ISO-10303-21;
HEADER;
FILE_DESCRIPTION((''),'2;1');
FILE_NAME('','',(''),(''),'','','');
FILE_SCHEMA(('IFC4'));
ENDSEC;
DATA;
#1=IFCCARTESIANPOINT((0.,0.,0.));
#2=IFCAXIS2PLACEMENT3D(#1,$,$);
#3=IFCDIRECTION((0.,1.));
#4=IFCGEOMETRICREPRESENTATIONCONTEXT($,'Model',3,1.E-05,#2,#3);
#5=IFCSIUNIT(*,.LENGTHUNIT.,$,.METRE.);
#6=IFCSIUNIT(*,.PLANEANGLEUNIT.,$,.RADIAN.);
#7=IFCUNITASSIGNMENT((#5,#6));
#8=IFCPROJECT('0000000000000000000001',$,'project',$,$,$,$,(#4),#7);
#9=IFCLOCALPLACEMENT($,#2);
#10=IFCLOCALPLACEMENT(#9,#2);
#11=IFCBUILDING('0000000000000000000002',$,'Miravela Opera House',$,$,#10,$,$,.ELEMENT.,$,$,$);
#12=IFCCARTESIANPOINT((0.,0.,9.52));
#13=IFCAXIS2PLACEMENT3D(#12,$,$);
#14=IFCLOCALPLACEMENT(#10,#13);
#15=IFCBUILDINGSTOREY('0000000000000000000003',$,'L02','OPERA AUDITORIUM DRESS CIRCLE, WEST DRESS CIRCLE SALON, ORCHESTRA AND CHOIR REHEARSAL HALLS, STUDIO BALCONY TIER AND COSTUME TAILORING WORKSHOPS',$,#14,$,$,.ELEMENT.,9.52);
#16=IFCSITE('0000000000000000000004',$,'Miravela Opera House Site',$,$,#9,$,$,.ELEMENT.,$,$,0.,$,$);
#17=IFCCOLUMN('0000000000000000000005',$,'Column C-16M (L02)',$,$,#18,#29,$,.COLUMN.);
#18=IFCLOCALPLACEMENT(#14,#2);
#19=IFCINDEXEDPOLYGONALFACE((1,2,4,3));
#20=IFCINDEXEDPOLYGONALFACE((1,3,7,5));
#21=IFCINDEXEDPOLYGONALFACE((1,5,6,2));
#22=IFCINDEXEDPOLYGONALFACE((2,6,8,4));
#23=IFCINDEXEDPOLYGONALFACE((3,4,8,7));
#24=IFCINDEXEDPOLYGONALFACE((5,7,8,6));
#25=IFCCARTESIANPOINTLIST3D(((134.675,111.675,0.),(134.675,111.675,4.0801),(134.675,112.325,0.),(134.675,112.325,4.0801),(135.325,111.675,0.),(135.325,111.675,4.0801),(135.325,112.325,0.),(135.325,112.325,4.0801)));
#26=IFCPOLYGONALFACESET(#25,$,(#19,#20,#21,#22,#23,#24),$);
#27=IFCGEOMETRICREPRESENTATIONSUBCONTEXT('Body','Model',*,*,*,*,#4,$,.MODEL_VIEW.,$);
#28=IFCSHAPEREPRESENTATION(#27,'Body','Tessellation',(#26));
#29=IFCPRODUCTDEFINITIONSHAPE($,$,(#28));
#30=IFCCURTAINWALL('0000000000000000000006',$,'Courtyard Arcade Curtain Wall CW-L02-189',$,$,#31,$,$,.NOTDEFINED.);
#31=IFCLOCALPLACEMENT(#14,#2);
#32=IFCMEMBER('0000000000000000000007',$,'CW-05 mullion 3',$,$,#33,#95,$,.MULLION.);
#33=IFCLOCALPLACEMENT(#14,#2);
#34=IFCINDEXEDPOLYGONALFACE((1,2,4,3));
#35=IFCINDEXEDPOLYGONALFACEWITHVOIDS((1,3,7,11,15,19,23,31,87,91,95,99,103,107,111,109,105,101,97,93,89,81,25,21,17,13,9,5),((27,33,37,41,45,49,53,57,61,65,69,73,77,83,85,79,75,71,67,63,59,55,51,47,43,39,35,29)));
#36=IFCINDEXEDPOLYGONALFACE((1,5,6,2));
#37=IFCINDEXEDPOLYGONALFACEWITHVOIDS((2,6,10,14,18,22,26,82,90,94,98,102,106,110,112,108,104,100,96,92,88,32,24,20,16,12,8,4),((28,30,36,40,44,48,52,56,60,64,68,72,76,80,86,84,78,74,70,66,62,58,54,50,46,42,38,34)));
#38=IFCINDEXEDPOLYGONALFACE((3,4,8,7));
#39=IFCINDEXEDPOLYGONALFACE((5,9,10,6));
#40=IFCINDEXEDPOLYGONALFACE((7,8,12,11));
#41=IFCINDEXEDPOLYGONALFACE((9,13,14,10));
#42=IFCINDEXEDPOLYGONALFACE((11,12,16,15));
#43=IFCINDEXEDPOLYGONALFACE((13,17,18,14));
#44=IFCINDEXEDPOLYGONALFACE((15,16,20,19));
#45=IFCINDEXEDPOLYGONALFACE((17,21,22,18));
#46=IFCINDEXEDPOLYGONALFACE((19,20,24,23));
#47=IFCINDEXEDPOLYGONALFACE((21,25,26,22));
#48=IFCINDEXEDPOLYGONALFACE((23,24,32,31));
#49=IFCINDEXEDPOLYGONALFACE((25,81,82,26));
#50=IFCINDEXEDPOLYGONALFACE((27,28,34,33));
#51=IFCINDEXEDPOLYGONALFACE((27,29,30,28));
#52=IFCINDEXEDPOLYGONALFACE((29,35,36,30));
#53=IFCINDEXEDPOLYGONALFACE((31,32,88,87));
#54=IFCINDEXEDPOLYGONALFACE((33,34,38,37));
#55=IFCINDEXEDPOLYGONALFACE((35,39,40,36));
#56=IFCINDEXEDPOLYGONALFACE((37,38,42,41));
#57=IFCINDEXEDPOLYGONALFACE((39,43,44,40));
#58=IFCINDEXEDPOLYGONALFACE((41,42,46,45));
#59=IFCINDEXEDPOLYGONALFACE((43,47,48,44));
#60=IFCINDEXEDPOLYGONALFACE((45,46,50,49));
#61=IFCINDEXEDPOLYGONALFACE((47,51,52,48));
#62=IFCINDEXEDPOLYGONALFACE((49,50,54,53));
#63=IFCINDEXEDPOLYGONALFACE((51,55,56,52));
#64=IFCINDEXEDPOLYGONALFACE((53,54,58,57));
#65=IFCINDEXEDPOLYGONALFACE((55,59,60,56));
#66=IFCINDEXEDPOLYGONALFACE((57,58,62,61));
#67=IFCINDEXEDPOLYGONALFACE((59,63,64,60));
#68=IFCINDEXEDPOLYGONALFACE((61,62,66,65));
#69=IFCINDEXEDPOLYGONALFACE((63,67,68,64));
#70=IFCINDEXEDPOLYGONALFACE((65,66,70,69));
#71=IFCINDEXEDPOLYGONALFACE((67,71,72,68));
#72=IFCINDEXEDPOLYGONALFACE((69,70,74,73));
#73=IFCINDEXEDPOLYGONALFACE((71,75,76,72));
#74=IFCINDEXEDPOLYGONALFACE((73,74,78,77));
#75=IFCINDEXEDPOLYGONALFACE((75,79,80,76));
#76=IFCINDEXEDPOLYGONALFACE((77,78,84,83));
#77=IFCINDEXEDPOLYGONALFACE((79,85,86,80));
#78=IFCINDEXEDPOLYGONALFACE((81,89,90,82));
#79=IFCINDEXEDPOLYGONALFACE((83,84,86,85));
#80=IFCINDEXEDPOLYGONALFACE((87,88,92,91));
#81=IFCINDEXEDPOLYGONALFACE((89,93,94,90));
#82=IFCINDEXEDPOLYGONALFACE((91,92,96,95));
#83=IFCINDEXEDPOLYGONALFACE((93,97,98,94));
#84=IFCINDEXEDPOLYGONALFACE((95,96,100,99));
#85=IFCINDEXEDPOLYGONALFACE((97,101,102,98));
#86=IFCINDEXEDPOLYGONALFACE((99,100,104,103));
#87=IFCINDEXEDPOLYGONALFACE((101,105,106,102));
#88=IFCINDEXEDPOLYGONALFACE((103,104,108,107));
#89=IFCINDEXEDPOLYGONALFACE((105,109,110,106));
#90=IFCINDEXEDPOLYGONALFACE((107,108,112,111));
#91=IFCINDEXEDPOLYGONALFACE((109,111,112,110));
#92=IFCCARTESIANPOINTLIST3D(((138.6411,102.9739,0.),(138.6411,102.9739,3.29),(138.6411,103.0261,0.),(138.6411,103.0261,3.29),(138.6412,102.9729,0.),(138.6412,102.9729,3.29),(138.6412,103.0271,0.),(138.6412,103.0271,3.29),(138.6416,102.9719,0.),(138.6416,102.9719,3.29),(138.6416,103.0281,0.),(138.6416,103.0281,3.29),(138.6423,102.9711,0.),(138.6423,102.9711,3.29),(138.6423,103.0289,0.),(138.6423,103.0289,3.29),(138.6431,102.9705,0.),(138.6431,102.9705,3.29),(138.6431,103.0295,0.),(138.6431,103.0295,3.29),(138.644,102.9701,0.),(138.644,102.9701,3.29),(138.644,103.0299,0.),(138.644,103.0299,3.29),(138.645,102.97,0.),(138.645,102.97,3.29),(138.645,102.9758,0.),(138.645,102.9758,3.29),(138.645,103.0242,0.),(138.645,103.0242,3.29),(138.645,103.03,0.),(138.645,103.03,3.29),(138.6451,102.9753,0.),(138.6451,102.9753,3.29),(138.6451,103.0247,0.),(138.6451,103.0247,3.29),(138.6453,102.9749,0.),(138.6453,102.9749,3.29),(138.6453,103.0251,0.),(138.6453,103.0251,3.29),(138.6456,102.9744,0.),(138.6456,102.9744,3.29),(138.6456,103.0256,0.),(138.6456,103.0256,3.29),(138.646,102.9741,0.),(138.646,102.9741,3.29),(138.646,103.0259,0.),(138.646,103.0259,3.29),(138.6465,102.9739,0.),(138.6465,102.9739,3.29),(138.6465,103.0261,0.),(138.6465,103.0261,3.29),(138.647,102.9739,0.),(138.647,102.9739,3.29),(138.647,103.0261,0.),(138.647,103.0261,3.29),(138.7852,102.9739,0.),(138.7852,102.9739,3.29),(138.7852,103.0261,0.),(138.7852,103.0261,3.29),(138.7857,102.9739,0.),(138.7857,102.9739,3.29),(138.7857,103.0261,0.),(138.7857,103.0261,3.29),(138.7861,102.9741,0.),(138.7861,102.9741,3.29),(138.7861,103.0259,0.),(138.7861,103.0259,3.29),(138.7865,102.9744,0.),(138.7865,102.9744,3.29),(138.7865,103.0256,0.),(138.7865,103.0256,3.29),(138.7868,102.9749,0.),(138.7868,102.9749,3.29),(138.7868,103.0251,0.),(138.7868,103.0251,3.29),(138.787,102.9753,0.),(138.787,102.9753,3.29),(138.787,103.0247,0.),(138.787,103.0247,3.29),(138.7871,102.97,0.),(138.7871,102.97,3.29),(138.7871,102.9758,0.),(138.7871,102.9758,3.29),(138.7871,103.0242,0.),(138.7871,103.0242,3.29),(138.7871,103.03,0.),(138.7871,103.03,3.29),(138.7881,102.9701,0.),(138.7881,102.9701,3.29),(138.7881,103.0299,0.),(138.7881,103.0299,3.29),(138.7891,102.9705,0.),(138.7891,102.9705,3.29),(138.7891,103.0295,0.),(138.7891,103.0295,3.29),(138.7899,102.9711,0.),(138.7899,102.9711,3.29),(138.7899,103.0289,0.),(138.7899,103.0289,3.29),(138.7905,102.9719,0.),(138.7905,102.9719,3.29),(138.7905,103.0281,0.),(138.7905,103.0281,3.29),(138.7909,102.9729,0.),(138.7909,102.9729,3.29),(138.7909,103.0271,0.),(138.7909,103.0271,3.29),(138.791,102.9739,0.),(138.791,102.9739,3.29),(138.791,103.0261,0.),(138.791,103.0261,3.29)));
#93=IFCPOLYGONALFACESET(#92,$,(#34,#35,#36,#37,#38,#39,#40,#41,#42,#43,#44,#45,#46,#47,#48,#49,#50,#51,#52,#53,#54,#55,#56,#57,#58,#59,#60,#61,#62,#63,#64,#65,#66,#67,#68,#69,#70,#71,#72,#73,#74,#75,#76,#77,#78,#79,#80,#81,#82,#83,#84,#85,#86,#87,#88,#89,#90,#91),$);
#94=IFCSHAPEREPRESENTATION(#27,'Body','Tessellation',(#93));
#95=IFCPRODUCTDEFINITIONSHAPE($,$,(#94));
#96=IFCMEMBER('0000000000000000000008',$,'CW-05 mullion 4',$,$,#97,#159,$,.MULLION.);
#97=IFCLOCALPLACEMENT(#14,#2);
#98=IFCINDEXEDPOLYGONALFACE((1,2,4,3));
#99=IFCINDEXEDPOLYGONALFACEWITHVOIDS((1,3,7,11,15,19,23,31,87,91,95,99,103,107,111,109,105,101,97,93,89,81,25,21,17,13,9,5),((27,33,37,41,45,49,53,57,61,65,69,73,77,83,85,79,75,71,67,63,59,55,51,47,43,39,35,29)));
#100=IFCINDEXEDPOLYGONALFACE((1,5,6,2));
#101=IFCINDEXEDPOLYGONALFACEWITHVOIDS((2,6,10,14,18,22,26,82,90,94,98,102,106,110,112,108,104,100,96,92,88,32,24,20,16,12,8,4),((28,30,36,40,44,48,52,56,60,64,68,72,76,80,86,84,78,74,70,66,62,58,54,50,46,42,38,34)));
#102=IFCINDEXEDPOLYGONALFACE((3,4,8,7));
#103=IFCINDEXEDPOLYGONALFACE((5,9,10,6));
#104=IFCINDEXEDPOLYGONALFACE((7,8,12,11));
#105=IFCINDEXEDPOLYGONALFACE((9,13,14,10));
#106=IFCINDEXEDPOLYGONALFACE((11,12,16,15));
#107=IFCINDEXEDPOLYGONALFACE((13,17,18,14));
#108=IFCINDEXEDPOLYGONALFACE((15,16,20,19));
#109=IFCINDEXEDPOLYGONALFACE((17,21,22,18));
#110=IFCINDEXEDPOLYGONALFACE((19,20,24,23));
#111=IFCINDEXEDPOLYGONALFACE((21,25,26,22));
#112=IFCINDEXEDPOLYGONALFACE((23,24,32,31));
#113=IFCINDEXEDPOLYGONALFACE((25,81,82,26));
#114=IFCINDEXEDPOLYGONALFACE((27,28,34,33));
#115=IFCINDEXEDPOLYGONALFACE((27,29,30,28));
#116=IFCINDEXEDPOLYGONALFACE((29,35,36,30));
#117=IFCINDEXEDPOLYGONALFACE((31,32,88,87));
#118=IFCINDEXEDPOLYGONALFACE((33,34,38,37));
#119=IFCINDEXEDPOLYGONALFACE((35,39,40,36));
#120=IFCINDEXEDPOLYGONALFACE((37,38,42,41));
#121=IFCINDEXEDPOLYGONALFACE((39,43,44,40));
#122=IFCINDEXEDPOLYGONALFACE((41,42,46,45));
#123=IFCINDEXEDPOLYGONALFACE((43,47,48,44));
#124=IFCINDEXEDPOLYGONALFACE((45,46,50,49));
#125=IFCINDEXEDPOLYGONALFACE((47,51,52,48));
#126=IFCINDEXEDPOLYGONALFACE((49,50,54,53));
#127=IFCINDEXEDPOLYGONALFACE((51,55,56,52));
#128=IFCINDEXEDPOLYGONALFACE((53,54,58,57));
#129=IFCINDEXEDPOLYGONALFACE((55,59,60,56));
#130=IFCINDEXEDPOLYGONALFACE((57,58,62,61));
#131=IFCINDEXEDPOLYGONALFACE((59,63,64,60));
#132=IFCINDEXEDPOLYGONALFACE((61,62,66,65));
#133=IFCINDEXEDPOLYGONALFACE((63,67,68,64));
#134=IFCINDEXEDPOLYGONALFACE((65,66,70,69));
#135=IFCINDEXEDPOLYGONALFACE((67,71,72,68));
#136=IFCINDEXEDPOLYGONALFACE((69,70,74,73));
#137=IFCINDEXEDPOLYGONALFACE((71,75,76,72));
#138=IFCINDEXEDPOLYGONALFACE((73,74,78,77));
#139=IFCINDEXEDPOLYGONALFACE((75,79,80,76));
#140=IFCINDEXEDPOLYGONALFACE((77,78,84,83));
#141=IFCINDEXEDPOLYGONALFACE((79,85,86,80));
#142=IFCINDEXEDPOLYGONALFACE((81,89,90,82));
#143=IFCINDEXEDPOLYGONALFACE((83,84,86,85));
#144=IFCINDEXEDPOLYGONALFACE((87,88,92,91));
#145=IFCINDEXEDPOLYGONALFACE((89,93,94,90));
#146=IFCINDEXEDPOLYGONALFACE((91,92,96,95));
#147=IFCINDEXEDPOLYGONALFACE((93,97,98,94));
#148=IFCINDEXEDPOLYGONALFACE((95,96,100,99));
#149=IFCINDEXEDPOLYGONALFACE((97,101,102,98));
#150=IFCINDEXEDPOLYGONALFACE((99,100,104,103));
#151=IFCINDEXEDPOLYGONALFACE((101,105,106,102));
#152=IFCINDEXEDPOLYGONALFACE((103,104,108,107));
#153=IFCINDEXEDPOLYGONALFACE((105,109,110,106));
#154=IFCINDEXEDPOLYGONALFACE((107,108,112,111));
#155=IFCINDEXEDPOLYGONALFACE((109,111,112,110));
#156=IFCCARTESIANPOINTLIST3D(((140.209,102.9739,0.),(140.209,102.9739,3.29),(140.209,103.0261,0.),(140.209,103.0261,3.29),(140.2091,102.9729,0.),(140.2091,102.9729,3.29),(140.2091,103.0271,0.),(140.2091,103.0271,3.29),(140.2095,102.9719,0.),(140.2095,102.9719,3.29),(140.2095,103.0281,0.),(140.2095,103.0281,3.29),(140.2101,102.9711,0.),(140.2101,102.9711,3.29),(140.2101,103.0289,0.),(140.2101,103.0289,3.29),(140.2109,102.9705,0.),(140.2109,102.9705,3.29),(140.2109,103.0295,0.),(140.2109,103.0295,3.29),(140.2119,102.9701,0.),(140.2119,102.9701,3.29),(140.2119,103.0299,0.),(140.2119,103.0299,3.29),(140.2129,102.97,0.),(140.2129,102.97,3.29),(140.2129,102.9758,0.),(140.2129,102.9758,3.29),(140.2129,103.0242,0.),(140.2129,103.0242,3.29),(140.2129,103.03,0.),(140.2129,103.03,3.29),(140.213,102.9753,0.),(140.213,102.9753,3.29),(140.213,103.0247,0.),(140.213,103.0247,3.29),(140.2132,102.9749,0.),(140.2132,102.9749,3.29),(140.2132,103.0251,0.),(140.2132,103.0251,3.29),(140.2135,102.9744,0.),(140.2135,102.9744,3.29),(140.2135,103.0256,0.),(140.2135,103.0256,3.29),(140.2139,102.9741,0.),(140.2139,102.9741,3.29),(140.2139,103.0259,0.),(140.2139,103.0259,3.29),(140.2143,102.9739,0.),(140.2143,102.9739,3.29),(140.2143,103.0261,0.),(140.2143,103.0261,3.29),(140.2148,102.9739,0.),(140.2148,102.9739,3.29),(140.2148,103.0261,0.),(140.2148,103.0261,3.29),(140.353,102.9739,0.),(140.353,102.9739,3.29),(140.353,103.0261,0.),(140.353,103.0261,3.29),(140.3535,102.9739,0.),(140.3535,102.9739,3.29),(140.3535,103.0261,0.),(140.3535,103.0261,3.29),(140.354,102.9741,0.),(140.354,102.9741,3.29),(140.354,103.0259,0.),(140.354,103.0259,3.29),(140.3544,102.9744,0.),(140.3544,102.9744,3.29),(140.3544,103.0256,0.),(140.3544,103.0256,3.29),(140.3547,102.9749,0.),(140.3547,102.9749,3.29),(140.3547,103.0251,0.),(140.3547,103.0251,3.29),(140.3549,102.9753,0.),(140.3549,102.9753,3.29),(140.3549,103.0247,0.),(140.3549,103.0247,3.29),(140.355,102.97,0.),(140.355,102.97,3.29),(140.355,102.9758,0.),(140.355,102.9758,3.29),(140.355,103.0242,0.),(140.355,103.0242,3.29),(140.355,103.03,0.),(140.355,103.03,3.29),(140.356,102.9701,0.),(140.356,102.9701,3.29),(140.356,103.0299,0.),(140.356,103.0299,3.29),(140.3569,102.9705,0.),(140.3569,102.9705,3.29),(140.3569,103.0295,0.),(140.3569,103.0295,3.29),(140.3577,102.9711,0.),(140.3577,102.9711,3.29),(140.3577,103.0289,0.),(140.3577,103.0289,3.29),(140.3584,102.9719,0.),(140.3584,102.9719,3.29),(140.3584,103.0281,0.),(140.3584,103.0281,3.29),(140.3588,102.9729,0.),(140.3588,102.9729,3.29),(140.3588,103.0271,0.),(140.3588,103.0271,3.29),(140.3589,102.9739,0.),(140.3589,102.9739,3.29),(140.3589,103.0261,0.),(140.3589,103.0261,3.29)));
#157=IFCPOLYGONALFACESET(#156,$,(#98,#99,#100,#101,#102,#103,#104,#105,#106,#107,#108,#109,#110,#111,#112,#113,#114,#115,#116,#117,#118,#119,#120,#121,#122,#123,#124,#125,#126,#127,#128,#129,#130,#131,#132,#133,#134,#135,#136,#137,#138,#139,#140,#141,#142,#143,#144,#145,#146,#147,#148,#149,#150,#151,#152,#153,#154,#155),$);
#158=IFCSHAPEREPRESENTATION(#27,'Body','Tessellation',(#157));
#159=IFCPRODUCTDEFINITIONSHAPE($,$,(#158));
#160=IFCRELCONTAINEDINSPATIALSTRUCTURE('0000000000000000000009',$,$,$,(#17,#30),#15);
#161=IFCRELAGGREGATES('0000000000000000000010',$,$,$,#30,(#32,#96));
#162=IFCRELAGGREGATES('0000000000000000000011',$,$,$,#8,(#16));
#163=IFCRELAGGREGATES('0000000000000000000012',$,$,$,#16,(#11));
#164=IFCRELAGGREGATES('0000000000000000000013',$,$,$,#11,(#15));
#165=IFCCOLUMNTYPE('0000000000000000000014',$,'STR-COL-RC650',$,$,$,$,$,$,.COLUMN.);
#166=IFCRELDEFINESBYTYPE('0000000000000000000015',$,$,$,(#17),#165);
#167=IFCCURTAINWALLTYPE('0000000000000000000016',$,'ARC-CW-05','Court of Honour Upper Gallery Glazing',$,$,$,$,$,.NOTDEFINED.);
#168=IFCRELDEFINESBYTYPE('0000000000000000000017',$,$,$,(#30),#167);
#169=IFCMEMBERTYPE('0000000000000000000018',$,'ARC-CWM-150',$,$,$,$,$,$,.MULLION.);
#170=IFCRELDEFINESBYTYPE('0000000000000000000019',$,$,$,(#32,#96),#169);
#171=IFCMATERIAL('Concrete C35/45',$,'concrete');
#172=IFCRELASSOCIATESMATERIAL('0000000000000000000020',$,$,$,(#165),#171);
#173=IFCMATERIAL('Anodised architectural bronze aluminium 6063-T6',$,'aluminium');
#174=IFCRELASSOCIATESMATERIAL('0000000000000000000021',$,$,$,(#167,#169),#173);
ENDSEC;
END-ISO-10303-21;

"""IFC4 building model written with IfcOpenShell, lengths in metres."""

from ifc_helpers import new_model, si_unit, direction, frame, origin, origin_2d, place, context, subcontext, project, spatial, rectangle, hollow_rectangle, extrude, material, material_profile, profile_set, type_object, element, aggregate, save


model = new_model("IFC4")

# Units and contexts
model_context = context("Model", 3, precision=1e-05, world=origin(), true_north=direction((0.0, 1.0)))
body_context = subcontext(model_context, "Body", "Model", "MODEL_VIEW")
ifc_project = project(units=[si_unit("LENGTHUNIT", "METRE"), si_unit("PLANEANGLEUNIT", "RADIAN")], contexts=[model_context])

# Site, building, storey
site_placement = place(None, origin())
site = spatial("IfcSite", under=ifc_project, at=site_placement, Name="Miravela Opera House Site", CompositionType="ELEMENT", RefElevation=0.0)
building_placement = place(site_placement, origin())
building = spatial("IfcBuilding", under=site, at=building_placement, Name="Miravela Opera House", CompositionType="ELEMENT")
storey_placement = place(building_placement, frame((0.0, 0.0, 9.52)))
storey = spatial("IfcBuildingStorey", under=building, at=storey_placement, Name="L02", Description="OPERA AUDITORIUM DRESS CIRCLE, WEST DRESS CIRCLE SALON, ORCHESTRA AND CHOIR REHEARSAL HALLS, STUDIO BALCONY TIER AND COSTUME TAILORING WORKSHOPS", CompositionType="ELEMENT", Elevation=9.52)

# Column
ifc_material_1 = material(Name="Concrete C35/45", Category="concrete")
ifc_material_profile_1 = material_profile(ifc_material_1, rectangle(XDim=0.6499, YDim=0.6499, at=origin_2d()), Name="RC-COL-650X650")
ifc_profile_set_1 = profile_set([ifc_material_profile_1])
column_type = type_object("IfcColumnType", Name="STR-COL-RC650", PredefinedType="COLUMN", material=ifc_profile_set_1)
column_placement = place(storey_placement, frame((135.0, 112.0, 0.0), z_axis=(0.0, 0.0, 1.0), x_axis=(1.0, 0.0, 0.0)))
element("IfcColumn", 1, at=column_placement, inside=storey, type_object=column_type, Name="Column C-16M (L02)", PredefinedType="COLUMN", context=body_context, shape_type="SweptSolid", body=[
    extrude(rectangle(XDim=0.6499, YDim=0.6499, at=origin_2d()), origin(), (0.0, 0.0, 1.0), 4.0801),
])

# Curtain wall, members
ifc_material_2 = material(Name="Anodised architectural bronze aluminium 6063-T6", Category="aluminium")
curtain_wall_type = type_object("IfcCurtainWallType", Name="ARC-CW-05", Description="Court of Honour Upper Gallery Glazing", PredefinedType="NOTDEFINED", material=ifc_material_2)
curtain_wall_placement = place(storey_placement, origin())
curtain_wall = element("IfcCurtainWall", 2, at=curtain_wall_placement, inside=storey, type_object=curtain_wall_type, Name="Courtyard Arcade Curtain Wall CW-L02-189", PredefinedType="NOTDEFINED")
ifc_material_profile_2 = material_profile(ifc_material_2, hollow_rectangle(XDim=0.0601, YDim=0.1499, WallThickness=0.0039, InnerFilletRadius=0.002, OuterFilletRadius=0.0039, at=origin_2d()), Name="CWM-60X150")
ifc_profile_set_2 = profile_set([ifc_material_profile_2])
member_type_1 = type_object("IfcMemberType", Name="ARC-CWM-150", PredefinedType="MULLION", material=ifc_profile_set_2)
member_1_placement = place(storey_placement, frame((138.7161, 103.0, 0.0), z_axis=(0.0, 0.0, 1.0), x_axis=(0.0, 1.0, 0.0)))
member_1 = element("IfcMember", 3, at=member_1_placement, type_object=member_type_1, Name="CW-05 mullion 3", PredefinedType="MULLION", context=body_context, shape_type="SweptSolid", body=[
    extrude(hollow_rectangle(XDim=0.0601, YDim=0.1499, WallThickness=0.0039, InnerFilletRadius=0.002, OuterFilletRadius=0.0039, at=origin_2d()), origin(), (0.0, 0.0, 1.0), 3.29),
])
member_2_placement = place(storey_placement, frame((140.2839, 103.0, 0.0), z_axis=(0.0, 0.0, 1.0), x_axis=(0.0, 1.0, 0.0)))
member_2 = element("IfcMember", 4, at=member_2_placement, type_object=member_type_1, Name="CW-05 mullion 4", PredefinedType="MULLION", context=body_context, shape_type="SweptSolid", body=[
    extrude(hollow_rectangle(XDim=0.0601, YDim=0.1499, WallThickness=0.0039, InnerFilletRadius=0.002, OuterFilletRadius=0.0039, at=origin_2d()), origin(), (0.0, 0.0, 1.0), 3.29),
])

aggregate(curtain_wall, [member_1, member_2])

save(model, "model.ifc")
